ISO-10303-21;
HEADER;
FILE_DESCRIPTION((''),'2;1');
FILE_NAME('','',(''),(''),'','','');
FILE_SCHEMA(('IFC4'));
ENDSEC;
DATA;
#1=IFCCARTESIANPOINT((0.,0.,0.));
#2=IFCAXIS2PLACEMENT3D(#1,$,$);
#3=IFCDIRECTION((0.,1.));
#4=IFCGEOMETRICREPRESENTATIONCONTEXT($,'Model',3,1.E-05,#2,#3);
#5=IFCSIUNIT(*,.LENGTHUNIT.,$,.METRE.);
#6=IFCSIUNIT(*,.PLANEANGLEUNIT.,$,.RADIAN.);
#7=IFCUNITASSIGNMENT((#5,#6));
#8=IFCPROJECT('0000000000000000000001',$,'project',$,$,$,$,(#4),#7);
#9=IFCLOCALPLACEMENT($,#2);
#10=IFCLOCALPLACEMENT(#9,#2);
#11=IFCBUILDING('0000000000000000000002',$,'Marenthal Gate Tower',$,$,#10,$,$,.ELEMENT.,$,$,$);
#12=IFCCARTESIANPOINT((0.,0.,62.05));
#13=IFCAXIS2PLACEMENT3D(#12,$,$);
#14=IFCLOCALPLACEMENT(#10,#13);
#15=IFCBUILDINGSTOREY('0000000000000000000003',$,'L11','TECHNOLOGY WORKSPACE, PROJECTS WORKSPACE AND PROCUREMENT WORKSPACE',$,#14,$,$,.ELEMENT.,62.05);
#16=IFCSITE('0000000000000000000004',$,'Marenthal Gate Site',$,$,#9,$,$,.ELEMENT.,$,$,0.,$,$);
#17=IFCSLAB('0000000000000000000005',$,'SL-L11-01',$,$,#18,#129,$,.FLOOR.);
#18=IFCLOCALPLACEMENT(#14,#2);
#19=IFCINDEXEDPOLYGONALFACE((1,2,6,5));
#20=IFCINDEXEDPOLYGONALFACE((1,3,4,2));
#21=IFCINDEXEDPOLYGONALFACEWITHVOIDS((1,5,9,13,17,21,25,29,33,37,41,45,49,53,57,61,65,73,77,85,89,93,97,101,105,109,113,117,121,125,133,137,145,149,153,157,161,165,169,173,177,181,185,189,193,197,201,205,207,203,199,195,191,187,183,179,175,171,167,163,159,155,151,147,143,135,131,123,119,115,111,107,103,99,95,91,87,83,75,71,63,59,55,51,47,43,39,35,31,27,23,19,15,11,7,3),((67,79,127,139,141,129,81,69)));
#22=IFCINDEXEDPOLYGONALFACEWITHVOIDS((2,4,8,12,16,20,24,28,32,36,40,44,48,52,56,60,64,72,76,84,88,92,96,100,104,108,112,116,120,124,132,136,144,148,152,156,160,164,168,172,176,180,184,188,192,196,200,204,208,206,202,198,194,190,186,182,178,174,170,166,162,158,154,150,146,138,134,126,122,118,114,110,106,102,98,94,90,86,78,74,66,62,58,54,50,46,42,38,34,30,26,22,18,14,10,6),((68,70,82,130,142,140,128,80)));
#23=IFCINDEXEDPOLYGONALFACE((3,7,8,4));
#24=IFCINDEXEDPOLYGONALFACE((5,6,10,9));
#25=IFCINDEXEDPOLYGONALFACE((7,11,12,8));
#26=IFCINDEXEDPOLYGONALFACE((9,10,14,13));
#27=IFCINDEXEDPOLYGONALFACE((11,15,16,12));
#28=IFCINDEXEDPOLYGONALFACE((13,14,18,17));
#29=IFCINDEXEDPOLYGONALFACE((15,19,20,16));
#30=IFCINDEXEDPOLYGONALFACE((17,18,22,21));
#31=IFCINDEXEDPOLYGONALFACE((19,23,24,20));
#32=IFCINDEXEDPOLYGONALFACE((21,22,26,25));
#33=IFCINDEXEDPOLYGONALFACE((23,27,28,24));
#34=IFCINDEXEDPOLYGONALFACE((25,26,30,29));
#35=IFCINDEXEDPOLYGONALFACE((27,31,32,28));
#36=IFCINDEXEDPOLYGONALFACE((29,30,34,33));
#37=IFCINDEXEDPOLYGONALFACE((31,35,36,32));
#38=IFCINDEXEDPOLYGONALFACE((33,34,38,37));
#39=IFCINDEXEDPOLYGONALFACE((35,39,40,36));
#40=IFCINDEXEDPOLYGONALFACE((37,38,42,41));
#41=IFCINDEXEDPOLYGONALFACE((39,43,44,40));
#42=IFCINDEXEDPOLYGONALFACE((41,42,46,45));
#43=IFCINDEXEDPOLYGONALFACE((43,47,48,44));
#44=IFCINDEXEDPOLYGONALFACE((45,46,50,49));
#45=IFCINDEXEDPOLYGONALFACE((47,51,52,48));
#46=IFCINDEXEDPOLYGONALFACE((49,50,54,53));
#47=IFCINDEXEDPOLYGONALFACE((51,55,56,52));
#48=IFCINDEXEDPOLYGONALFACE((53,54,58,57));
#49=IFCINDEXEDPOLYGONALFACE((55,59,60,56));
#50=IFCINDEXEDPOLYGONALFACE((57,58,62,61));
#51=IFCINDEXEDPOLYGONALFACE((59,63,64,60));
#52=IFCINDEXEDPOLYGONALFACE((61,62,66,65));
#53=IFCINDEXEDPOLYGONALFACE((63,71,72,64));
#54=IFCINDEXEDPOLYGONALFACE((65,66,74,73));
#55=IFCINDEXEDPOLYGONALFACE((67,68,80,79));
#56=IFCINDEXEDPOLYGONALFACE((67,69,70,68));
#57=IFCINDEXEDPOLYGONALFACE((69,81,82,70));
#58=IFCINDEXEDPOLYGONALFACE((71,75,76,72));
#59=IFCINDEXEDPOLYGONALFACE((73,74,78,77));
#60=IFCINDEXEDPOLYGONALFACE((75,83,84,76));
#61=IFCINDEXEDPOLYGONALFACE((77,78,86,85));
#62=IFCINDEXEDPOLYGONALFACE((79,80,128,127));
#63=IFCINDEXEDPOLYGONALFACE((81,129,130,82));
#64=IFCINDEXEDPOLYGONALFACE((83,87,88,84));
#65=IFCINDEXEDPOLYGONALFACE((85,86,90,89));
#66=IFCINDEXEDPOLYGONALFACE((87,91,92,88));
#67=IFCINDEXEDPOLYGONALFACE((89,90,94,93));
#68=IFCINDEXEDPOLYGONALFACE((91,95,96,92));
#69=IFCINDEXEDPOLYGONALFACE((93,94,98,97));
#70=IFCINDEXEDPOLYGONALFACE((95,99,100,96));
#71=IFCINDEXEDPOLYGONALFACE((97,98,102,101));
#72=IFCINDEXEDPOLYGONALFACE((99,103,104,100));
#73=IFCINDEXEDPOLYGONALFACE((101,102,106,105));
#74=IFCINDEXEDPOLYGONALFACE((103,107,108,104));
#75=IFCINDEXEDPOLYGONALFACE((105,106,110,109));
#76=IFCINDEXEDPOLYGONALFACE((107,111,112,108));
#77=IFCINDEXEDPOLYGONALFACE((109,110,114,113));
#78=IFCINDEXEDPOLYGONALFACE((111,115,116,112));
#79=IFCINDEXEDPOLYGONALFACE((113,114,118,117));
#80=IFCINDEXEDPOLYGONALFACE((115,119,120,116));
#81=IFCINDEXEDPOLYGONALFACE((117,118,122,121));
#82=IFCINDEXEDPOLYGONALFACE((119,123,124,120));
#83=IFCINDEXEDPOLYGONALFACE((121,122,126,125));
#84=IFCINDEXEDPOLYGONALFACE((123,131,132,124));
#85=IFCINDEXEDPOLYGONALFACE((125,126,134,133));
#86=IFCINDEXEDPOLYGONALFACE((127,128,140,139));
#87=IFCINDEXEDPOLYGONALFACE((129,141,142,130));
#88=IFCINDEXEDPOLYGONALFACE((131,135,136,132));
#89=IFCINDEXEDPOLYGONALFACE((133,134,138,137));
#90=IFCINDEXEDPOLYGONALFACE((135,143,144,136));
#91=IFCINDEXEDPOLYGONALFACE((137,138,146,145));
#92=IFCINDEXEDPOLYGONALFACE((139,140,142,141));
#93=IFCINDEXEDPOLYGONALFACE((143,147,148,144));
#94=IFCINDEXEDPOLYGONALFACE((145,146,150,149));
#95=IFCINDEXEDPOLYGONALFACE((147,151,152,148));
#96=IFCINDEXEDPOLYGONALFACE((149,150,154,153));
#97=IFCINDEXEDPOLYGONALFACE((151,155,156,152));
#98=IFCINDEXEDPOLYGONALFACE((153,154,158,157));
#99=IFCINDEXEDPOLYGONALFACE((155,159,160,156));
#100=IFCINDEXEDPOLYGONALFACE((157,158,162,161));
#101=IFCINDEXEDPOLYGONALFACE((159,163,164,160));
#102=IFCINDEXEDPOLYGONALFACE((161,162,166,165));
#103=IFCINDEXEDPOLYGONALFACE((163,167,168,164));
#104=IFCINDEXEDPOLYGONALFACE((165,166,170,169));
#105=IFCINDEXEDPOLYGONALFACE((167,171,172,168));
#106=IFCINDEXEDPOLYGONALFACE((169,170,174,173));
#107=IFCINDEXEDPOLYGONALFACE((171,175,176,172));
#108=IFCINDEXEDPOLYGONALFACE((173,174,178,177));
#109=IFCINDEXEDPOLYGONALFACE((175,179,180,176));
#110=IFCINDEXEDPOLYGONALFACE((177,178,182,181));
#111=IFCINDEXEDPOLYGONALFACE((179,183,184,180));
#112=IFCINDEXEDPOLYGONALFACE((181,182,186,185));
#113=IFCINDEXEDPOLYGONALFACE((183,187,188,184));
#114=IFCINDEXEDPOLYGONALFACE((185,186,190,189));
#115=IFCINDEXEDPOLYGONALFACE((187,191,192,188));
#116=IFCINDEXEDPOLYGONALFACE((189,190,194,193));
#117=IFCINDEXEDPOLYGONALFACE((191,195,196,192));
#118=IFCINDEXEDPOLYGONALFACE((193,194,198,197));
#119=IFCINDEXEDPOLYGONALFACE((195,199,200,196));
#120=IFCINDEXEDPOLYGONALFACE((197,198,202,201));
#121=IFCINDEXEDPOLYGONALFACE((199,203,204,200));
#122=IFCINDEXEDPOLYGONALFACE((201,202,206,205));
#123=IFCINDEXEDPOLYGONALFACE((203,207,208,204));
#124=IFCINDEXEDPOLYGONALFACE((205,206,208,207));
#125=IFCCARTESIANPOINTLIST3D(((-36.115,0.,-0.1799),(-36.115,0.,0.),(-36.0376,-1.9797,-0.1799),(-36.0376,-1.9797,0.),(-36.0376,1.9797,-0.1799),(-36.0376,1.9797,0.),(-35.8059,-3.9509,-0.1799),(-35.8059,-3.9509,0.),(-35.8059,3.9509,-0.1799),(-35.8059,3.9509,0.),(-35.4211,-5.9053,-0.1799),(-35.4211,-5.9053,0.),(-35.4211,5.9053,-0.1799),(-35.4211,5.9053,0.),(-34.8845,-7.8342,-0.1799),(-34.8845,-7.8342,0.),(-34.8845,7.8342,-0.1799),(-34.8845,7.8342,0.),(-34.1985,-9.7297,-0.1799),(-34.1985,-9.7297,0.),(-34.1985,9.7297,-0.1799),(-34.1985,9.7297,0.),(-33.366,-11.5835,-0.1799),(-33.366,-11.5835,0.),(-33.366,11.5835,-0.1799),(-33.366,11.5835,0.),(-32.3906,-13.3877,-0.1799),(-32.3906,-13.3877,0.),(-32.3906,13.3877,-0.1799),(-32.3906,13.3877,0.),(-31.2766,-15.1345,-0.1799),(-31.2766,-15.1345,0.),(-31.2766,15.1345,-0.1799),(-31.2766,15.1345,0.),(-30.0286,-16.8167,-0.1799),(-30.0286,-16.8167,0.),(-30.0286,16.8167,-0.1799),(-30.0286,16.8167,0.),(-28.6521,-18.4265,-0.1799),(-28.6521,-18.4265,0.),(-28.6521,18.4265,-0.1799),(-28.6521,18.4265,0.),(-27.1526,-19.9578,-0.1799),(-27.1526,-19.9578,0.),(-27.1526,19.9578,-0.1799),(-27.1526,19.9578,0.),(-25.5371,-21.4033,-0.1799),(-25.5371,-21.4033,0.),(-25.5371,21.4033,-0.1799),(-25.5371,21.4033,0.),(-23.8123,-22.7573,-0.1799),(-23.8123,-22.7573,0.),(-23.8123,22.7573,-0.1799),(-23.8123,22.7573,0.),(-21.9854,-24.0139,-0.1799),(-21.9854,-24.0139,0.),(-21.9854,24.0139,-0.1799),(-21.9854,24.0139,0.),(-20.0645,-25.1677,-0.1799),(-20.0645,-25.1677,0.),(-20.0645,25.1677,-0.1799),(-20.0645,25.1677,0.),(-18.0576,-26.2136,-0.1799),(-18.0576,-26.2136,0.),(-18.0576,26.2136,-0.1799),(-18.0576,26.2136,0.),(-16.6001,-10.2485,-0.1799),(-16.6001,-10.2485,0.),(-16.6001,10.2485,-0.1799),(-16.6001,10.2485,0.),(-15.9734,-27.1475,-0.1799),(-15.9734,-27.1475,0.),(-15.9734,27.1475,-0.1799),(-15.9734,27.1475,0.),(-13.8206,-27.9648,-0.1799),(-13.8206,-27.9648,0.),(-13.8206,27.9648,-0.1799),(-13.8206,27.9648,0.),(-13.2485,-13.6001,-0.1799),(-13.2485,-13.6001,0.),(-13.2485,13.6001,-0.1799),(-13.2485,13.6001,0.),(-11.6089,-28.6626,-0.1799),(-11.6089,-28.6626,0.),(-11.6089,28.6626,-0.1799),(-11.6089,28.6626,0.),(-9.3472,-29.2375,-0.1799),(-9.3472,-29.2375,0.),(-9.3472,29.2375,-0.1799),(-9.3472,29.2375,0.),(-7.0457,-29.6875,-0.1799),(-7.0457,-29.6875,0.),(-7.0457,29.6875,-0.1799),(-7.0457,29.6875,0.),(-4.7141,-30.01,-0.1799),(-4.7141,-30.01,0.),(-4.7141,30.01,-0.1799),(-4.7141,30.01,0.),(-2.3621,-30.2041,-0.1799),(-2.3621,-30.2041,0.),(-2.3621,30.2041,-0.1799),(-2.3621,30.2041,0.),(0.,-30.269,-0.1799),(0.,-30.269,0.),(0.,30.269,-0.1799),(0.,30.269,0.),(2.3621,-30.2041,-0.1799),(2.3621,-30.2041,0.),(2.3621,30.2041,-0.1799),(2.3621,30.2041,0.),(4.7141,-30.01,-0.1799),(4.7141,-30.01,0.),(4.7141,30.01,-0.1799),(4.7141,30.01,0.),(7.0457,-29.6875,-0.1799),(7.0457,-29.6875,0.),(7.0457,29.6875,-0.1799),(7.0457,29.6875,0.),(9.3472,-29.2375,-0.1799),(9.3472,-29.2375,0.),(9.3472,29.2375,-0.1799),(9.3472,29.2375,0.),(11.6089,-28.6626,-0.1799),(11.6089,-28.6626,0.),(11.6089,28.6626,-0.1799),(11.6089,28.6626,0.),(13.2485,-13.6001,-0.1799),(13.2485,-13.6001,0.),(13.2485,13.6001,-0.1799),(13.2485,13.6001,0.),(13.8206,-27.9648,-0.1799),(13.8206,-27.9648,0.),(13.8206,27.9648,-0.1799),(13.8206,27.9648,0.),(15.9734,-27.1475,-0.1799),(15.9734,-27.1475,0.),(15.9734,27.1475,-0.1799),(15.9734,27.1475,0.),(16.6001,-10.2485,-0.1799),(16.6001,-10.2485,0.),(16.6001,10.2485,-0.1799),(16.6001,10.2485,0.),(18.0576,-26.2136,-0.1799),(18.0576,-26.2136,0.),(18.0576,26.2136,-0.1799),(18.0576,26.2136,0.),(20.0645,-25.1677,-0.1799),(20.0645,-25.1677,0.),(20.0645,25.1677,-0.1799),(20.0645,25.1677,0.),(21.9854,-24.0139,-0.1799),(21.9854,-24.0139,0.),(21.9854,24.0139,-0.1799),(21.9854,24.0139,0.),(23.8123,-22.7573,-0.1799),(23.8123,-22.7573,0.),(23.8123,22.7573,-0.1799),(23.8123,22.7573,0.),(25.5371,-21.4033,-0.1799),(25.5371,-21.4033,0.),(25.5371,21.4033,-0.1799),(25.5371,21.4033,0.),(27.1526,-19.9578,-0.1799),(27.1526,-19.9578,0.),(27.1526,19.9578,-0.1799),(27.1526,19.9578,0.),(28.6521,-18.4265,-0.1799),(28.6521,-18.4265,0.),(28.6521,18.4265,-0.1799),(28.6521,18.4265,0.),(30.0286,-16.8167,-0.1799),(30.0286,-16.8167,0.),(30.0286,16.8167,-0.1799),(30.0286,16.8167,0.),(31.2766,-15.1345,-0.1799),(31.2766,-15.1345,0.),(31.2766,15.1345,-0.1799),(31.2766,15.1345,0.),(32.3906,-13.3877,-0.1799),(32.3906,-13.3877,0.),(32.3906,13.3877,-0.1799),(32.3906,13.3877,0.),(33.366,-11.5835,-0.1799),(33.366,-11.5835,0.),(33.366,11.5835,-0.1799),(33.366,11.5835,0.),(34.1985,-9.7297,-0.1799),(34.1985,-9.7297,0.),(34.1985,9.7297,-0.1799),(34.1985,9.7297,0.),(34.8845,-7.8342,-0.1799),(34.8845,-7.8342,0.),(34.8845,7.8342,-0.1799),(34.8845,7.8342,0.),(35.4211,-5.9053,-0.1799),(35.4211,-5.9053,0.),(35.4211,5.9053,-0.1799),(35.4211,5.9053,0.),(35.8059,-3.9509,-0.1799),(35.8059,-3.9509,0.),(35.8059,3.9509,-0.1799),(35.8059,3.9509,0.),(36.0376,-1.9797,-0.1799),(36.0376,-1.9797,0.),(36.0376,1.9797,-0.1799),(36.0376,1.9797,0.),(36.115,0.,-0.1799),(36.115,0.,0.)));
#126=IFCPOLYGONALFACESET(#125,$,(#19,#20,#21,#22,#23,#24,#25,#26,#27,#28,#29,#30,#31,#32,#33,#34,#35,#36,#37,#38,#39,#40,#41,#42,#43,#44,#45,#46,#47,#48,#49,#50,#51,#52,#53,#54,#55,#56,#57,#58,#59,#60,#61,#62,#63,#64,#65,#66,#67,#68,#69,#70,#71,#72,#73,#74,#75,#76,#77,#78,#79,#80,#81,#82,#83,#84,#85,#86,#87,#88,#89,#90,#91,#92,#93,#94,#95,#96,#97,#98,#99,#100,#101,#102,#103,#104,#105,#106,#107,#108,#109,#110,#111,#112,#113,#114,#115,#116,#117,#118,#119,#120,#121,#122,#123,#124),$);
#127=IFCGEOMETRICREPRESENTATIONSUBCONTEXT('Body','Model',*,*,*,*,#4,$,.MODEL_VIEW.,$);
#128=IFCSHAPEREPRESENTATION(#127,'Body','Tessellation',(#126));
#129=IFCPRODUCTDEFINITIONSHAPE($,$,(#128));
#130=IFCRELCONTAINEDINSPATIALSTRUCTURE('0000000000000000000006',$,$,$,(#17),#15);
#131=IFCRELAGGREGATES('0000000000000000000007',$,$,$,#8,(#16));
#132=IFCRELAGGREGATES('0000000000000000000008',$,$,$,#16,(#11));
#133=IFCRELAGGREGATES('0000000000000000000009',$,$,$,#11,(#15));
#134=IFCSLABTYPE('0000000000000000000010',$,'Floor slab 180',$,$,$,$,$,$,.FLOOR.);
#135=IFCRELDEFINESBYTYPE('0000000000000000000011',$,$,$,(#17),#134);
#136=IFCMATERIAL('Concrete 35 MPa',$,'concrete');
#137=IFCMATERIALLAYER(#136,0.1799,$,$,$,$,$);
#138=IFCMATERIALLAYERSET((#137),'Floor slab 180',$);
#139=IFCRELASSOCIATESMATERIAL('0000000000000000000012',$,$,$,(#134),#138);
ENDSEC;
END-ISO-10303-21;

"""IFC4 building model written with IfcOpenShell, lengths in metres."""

from ifc_helpers import new_model, si_unit, direction, frame, origin, place, context, subcontext, project, spatial, polyline, outline, extrude, material, layer, layer_set, type_object, element, save


model = new_model("IFC4")

# Units and contexts
model_context = context("Model", 3, precision=1e-05, world=origin(), true_north=direction((0.0, 1.0)))
body_context = subcontext(model_context, "Body", "Model", "MODEL_VIEW")
ifc_project = project(units=[si_unit("LENGTHUNIT", "METRE"), si_unit("PLANEANGLEUNIT", "RADIAN")], contexts=[model_context])

# Site, building, storey
site_placement = place(None, origin())
site = spatial("IfcSite", under=ifc_project, at=site_placement, Name="Marenthal Gate Site", CompositionType="ELEMENT", RefElevation=0.0)
building_placement = place(site_placement, origin())
building = spatial("IfcBuilding", under=site, at=building_placement, Name="Marenthal Gate Tower", CompositionType="ELEMENT")
storey_placement = place(building_placement, frame((0.0, 0.0, 62.05)))
storey = spatial("IfcBuildingStorey", under=building, at=storey_placement, Name="L11", Description="TECHNOLOGY WORKSPACE, PROJECTS WORKSPACE AND PROCUREMENT WORKSPACE", CompositionType="ELEMENT", Elevation=62.05)

# Slab
ifc_material_1 = material(Name="Concrete 35 MPa", Category="concrete")
ifc_layer_1 = layer(ifc_material_1, 0.1799)
ifc_layer_set_1 = layer_set([ifc_layer_1], Name="Floor slab 180")
slab_type_1 = type_object("IfcSlabType", Name="Floor slab 180", PredefinedType="FLOOR", material=ifc_layer_set_1)
slab_1_placement = place(storey_placement, frame((0.0, 0.0, -0.1799)))
element("IfcSlab", 1, at=slab_1_placement, inside=storey, type_object=slab_type_1, Name="SL-L11-01", PredefinedType="FLOOR", context=body_context, shape_type="SweptSolid", body=[
    extrude(outline(polyline([(36.115, 0.0), (36.0376, 1.9797), (35.8059, 3.9509), (35.4211, 5.9053), (34.8845, 7.8342), (34.1985, 9.7297), (33.366, 11.5835), (32.3906, 13.3877), (31.2766, 15.1345), (30.0286, 16.8167), (28.6521, 18.4265), (27.1526, 19.9578), (25.5371, 21.4033), (23.8123, 22.7573), (21.9854, 24.0139), (20.0645, 25.1677), (18.0576, 26.2136), (15.9734, 27.1475), (13.8206, 27.9648), (11.6089, 28.6626), (9.3472, 29.2375), (7.0457, 29.6875), (4.7141, 30.01), (2.3621, 30.2041), (0.0, 30.269), (-2.3621, 30.2041), (-4.7141, 30.01), (-7.0457, 29.6875), (-9.3472, 29.2375), (-11.6089, 28.6626), (-13.8206, 27.9648), (-15.9734, 27.1475), (-18.0576, 26.2136), (-20.0645, 25.1677), (-21.9854, 24.0139), (-23.8123, 22.7573), (-25.5371, 21.4033), (-27.1526, 19.9578), (-28.6521, 18.4265), (-30.0286, 16.8167), (-31.2766, 15.1345), (-32.3906, 13.3877), (-33.366, 11.5835), (-34.1985, 9.7297), (-34.8845, 7.8342), (-35.4211, 5.9053), (-35.8059, 3.9509), (-36.0376, 1.9797), (-36.115, 0.0), (-36.0376, -1.9797), (-35.8059, -3.9509), (-35.4211, -5.9053), (-34.8845, -7.8342), (-34.1985, -9.7297), (-33.366, -11.5835), (-32.3906, -13.3877), (-31.2766, -15.1345), (-30.0286, -16.8167), (-28.6521, -18.4265), (-27.1526, -19.9578), (-25.5371, -21.4033), (-23.8123, -22.7573), (-21.9854, -24.0139), (-20.0645, -25.1677), (-18.0576, -26.2136), (-15.9734, -27.1475), (-13.8206, -27.9648), (-11.6089, -28.6626), (-9.3472, -29.2375), (-7.0457, -29.6875), (-4.7141, -30.01), (-2.3621, -30.2041), (0.0, -30.269), (2.3621, -30.2041), (4.7141, -30.01), (7.0457, -29.6875), (9.3472, -29.2375), (11.6089, -28.6626), (13.8206, -27.9648), (15.9734, -27.1475), (18.0576, -26.2136), (20.0645, -25.1677), (21.9854, -24.0139), (23.8123, -22.7573), (25.5371, -21.4033), (27.1526, -19.9578), (28.6521, -18.4265), (30.0286, -16.8167), (31.2766, -15.1345), (32.3906, -13.3877), (33.366, -11.5835), (34.1985, -9.7297), (34.8845, -7.8342), (35.4211, -5.9053), (35.8059, -3.9509), (36.0376, -1.9797), (36.115, 0.0)]), holes=[polyline([(13.2485, -13.6001), (16.6001, -10.2485), (16.6001, 10.2485), (13.2485, 13.6001), (-13.2485, 13.6001), (-16.6001, 10.2485), (-16.6001, -10.2485), (-13.2485, -13.6001), (13.2485, -13.6001)])]), origin(), (0.0, 0.0, 1.0), 0.1799),
])

save(model, "model.ifc")
